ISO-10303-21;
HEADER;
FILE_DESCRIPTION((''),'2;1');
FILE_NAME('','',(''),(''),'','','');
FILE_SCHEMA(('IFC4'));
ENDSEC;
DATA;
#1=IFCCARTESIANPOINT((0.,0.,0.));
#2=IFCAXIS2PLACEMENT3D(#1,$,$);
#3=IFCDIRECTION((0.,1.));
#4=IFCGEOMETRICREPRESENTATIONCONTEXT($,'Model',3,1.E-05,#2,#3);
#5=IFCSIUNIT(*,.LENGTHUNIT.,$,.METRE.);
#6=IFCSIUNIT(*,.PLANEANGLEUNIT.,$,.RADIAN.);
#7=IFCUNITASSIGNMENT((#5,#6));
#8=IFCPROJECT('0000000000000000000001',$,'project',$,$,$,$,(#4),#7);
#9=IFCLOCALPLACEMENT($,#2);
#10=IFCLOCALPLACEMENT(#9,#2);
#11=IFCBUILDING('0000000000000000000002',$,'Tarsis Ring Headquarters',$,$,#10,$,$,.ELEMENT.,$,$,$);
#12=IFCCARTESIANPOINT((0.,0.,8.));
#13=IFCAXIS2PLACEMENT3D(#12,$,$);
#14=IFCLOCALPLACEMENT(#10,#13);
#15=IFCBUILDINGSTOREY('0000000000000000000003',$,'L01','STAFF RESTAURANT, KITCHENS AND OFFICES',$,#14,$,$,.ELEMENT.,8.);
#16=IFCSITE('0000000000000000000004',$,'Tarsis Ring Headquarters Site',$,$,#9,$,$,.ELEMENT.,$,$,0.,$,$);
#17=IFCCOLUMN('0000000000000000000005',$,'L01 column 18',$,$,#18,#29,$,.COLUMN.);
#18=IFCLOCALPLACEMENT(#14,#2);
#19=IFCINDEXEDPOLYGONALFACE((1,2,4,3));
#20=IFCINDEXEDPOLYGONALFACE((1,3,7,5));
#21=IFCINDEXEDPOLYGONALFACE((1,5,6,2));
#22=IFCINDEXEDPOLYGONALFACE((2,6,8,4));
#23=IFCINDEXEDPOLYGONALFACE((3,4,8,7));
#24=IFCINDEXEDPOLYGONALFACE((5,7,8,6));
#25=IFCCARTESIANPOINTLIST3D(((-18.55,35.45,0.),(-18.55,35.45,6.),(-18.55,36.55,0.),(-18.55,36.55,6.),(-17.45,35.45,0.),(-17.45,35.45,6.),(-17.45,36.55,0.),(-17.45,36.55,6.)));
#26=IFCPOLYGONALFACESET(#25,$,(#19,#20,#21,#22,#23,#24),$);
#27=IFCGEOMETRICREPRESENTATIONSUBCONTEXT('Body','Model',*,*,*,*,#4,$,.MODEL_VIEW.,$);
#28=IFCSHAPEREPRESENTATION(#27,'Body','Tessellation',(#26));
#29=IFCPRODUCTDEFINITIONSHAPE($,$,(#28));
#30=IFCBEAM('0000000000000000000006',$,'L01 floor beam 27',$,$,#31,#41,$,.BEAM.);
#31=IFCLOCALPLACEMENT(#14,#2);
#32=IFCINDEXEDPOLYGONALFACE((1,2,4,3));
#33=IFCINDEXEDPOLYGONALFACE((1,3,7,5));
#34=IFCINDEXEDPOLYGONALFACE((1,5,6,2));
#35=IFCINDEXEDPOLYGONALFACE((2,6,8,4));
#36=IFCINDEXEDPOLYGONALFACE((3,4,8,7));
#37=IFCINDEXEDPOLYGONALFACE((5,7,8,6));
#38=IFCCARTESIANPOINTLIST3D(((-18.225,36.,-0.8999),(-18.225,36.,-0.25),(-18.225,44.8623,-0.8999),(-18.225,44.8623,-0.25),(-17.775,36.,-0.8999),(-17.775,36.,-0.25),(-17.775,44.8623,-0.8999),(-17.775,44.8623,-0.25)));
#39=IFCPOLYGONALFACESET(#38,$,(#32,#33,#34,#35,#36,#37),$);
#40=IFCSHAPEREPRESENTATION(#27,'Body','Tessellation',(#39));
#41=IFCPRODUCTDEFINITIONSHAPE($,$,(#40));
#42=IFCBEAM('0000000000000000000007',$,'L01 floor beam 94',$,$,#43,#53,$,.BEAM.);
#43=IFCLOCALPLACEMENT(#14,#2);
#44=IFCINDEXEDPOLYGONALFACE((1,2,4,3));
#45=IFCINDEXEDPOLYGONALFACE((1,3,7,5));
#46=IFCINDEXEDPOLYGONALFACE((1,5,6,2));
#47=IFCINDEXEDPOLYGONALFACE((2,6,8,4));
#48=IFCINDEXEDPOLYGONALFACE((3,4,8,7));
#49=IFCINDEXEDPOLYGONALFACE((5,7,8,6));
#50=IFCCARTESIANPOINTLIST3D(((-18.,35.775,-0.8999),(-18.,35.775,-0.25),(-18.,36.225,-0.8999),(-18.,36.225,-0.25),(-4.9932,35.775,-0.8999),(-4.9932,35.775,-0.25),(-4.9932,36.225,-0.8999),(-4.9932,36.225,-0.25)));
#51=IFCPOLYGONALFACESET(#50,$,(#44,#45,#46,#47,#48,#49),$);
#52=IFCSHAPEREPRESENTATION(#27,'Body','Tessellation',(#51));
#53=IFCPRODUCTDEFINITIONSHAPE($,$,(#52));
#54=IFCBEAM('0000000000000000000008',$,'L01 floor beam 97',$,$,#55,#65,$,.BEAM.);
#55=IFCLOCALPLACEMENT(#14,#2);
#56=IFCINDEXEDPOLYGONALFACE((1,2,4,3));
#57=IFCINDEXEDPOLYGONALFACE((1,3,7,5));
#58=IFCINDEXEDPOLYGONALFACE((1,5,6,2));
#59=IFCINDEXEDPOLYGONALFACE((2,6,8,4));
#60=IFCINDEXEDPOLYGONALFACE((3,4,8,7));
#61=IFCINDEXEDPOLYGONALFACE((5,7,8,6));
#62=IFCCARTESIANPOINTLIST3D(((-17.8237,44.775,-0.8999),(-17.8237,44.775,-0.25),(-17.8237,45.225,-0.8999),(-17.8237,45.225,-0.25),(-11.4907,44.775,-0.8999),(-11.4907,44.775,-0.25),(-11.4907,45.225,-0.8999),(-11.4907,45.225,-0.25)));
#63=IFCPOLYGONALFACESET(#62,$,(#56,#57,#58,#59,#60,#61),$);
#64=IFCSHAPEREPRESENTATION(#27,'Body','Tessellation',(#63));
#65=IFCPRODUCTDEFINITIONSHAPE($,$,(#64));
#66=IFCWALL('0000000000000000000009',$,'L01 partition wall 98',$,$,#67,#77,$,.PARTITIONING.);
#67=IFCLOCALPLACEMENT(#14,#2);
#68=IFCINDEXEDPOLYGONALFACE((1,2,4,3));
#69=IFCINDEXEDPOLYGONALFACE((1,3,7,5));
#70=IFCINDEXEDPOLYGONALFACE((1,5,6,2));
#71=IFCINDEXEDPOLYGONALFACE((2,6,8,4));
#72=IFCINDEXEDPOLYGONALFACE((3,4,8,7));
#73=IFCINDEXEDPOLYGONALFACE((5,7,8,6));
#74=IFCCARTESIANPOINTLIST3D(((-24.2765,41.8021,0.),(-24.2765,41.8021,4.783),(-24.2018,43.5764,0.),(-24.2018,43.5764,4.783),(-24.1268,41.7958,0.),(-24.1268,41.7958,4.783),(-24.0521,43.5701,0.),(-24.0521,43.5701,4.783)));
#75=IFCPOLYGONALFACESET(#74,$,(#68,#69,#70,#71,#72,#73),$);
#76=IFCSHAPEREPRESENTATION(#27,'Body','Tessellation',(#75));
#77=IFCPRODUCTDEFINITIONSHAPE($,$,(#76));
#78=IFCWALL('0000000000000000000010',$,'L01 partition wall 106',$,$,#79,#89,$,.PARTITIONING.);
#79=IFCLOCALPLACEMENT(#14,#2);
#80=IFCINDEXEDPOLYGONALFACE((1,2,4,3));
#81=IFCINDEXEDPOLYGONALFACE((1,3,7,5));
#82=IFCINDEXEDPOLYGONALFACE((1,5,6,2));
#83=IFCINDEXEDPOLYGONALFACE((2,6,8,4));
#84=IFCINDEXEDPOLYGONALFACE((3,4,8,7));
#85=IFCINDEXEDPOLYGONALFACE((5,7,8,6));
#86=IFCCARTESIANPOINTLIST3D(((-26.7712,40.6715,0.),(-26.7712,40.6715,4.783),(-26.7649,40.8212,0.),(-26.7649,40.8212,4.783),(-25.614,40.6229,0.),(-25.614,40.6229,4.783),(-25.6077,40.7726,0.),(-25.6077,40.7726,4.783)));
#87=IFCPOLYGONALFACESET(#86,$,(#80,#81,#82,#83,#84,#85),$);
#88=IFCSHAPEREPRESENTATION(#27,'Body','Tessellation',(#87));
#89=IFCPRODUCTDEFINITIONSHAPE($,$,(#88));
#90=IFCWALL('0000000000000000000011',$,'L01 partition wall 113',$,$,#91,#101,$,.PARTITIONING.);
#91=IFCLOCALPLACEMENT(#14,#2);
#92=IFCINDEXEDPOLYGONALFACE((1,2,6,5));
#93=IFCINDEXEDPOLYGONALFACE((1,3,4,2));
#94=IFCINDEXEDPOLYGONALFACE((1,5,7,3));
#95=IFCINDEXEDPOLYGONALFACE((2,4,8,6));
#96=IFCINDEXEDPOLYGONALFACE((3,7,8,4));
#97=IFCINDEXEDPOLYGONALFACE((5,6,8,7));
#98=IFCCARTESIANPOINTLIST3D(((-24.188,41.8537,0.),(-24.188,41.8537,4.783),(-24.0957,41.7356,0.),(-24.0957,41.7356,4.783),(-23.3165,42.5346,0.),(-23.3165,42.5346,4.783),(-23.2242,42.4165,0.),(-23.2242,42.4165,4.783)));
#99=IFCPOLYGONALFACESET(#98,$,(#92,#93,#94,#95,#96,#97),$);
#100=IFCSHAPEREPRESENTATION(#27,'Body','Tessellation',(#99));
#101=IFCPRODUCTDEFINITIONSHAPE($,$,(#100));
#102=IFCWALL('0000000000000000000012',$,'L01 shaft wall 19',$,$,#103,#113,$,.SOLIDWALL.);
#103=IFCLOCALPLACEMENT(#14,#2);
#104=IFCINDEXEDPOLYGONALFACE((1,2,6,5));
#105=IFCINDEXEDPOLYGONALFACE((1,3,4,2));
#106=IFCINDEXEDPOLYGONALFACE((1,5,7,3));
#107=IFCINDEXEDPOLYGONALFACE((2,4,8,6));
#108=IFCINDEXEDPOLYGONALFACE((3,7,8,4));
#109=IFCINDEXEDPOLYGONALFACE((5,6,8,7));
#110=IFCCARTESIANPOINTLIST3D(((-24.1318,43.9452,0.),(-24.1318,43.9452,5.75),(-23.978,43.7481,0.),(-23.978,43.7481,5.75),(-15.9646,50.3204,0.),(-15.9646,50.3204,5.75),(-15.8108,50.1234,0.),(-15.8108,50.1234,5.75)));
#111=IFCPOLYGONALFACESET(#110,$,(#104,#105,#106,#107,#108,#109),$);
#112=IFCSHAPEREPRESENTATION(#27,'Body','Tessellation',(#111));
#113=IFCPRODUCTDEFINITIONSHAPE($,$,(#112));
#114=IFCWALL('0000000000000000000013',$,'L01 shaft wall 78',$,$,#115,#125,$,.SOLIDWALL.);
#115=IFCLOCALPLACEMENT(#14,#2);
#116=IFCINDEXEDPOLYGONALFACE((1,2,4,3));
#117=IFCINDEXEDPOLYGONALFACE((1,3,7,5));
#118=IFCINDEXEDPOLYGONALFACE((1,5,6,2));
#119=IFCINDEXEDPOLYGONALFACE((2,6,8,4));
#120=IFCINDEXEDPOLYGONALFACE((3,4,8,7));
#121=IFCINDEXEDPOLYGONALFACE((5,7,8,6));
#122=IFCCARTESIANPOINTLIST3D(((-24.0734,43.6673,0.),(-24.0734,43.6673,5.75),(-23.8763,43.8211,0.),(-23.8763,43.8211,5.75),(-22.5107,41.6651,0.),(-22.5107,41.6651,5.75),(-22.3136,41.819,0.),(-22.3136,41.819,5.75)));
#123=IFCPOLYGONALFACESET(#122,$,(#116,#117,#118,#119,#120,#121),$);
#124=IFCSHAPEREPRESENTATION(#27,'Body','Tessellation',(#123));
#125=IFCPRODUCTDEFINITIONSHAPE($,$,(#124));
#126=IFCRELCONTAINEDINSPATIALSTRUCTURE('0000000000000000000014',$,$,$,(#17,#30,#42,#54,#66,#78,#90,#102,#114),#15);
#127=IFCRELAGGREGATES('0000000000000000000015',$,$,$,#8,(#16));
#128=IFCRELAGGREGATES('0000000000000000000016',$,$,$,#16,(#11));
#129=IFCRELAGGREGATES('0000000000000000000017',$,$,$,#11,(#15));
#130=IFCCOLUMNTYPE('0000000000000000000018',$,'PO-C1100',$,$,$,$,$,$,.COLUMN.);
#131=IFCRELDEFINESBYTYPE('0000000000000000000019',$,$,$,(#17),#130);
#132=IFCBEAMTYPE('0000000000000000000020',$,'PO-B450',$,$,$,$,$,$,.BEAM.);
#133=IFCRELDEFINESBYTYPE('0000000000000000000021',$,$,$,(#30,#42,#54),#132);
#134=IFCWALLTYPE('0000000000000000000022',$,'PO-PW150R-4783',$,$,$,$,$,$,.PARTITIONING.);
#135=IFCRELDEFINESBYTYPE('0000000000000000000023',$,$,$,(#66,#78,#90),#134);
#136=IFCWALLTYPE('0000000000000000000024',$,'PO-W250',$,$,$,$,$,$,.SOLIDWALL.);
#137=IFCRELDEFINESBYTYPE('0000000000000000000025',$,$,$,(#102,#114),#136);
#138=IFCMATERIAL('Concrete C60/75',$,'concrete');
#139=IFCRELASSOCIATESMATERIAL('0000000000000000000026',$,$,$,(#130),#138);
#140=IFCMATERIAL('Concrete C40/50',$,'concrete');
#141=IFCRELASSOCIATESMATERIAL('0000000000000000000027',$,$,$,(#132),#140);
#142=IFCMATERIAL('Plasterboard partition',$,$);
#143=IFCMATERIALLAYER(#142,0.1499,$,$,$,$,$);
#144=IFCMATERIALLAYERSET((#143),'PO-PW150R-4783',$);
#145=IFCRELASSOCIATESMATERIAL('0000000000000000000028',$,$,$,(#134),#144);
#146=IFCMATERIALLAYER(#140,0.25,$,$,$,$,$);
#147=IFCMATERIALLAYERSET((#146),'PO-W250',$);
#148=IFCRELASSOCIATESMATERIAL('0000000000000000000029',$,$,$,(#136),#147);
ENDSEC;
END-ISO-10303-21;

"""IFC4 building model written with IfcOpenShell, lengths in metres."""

from ifc_helpers import new_model, si_unit, direction, frame, frame_2d, origin, origin_2d, place, context, subcontext, project, spatial, rectangle, extrude, material, layer, layer_set, material_profile, profile_set, type_object, element, save


model = new_model("IFC4")

# Units and contexts
model_context = context("Model", 3, precision=1e-05, world=origin(), true_north=direction((0.0, 1.0)))
body_context = subcontext(model_context, "Body", "Model", "MODEL_VIEW")
ifc_project = project(units=[si_unit("LENGTHUNIT", "METRE"), si_unit("PLANEANGLEUNIT", "RADIAN")], contexts=[model_context])

# Site, building, storey
site_placement = place(None, origin())
site = spatial("IfcSite", under=ifc_project, at=site_placement, Name="Tarsis Ring Headquarters Site", CompositionType="ELEMENT", RefElevation=0.0)
building_placement = place(site_placement, origin())
building = spatial("IfcBuilding", under=site, at=building_placement, Name="Tarsis Ring Headquarters", CompositionType="ELEMENT")
storey_placement = place(building_placement, frame((0.0, 0.0, 8.0)))
storey = spatial("IfcBuildingStorey", under=building, at=storey_placement, Name="L01", Description="STAFF RESTAURANT, KITCHENS AND OFFICES", CompositionType="ELEMENT", Elevation=8.0)

# Column
ifc_material_1 = material(Name="Concrete C60/75", Category="concrete")
ifc_material_profile_1 = material_profile(ifc_material_1, rectangle(XDim=1.1001, YDim=1.1001, at=origin_2d()), Name="PO-C1100")
ifc_profile_set_1 = profile_set([ifc_material_profile_1], Name="Concrete C60/75")
column_type = type_object("IfcColumnType", Name="PO-C1100", PredefinedType="COLUMN", material=ifc_profile_set_1)
column_placement = place(storey_placement, frame((-18.0, 36.0, 0.0), z_axis=(0.0, 0.0, 1.0), x_axis=(1.0, 0.0, 0.0)))
element("IfcColumn", 1, at=column_placement, inside=storey, type_object=column_type, Name="L01 column 18", PredefinedType="COLUMN", context=body_context, shape_type="SweptSolid", body=[
    extrude(rectangle(XDim=1.1001, YDim=1.1001, at=origin_2d()), origin(), (0.0, 0.0, 1.0), 6.0),
])

# Beams
ifc_material_2 = material(Name="Concrete C40/50", Category="concrete")
ifc_material_profile_2 = material_profile(ifc_material_2, rectangle(XDim=0.45, YDim=0.6499, at=origin_2d()), Name="PO-B450")
ifc_profile_set_2 = profile_set([ifc_material_profile_2], Name="Concrete C40/50")
beam_type = type_object("IfcBeamType", Name="PO-B450", PredefinedType="BEAM", material=ifc_profile_set_2)
beam_1_placement = place(storey_placement, frame((-18.0, 36.0, -0.575), z_axis=(0.0, 1.0, 0.0), x_axis=(-1.0, 0.0, 0.0)))
element("IfcBeam", 2, at=beam_1_placement, inside=storey, type_object=beam_type, Name="L01 floor beam 27", PredefinedType="BEAM", context=body_context, shape_type="SweptSolid", body=[
    extrude(rectangle(XDim=0.45, YDim=0.6499, at=origin_2d()), origin(), (0.0, 0.0, 1.0), 8.8623),
])
beam_2_placement = place(storey_placement, frame((-18.0, 36.0, -0.575), z_axis=(1.0, 0.0, 0.0), x_axis=(0.0, 1.0, 0.0)))
element("IfcBeam", 3, at=beam_2_placement, inside=storey, type_object=beam_type, Name="L01 floor beam 94", PredefinedType="BEAM", context=body_context, shape_type="SweptSolid", body=[
    extrude(rectangle(XDim=0.45, YDim=0.6499, at=origin_2d()), origin(), (0.0, 0.0, 1.0), 13.0068),
])
beam_3_placement = place(storey_placement, frame((-17.8237, 45.0, -0.575), z_axis=(1.0, 0.0, 0.0), x_axis=(0.0, 1.0, 0.0)))
element("IfcBeam", 4, at=beam_3_placement, inside=storey, type_object=beam_type, Name="L01 floor beam 97", PredefinedType="BEAM", context=body_context, shape_type="SweptSolid", body=[
    extrude(rectangle(XDim=0.45, YDim=0.6499, at=origin_2d()), origin(), (0.0, 0.0, 1.0), 6.333),
])

# Walls
ifc_material_3 = material(Name="Plasterboard partition")
ifc_layer_1 = layer(ifc_material_3, 0.1499)
ifc_layer_set_1 = layer_set([ifc_layer_1], Name="PO-PW150R-4783")
wall_type_1 = type_object("IfcWallType", Name="PO-PW150R-4783", PredefinedType="PARTITIONING", material=ifc_layer_set_1)
wall_1_placement = place(storey_placement, frame((-24.127, 43.5732, 0.0), z_axis=(0.0, 0.0, 1.0), x_axis=(-0.042065, -0.999115, 0.0)))
element("IfcWall", 5, at=wall_1_placement, inside=storey, type_object=wall_type_1, Name="L01 partition wall 98", PredefinedType="PARTITIONING", context=body_context, shape_type="SweptSolid", body=[
    extrude(rectangle(XDim=1.7759, YDim=0.1499, at=frame_2d((0.8879, 0.0))), origin(), (0.0, 0.0, 1.0), 4.783),
])
wall_2_placement = place(storey_placement, frame((-25.6108, 40.6978, 0.0), z_axis=(0.0, 0.0, 1.0), x_axis=(-0.99912, 0.041946, 0.0)))
element("IfcWall", 6, at=wall_2_placement, inside=storey, type_object=wall_type_1, Name="L01 partition wall 106", PredefinedType="PARTITIONING", context=body_context, shape_type="SweptSolid", body=[
    extrude(rectangle(XDim=1.1582, YDim=0.1499, at=frame_2d((0.5791, 0.0))), origin(), (0.0, 0.0, 1.0), 4.783),
])
wall_3_placement = place(storey_placement, frame((-24.1418, 41.7947, 0.0), z_axis=(0.0, 0.0, 1.0), x_axis=(0.788031, 0.615635, 0.0)))
element("IfcWall", 7, at=wall_3_placement, inside=storey, type_object=wall_type_1, Name="L01 partition wall 113", PredefinedType="PARTITIONING", context=body_context, shape_type="SweptSolid", body=[
    extrude(rectangle(XDim=1.106, YDim=0.1499, at=frame_2d((0.553, 0.0))), origin(), (0.0, 0.0, 1.0), 4.783),
])
ifc_layer_2 = layer(ifc_material_2, 0.25)
ifc_layer_set_2 = layer_set([ifc_layer_2], Name="PO-W250")
wall_type_2 = type_object("IfcWallType", Name="PO-W250", PredefinedType="SOLIDWALL", material=ifc_layer_set_2)
wall_4_placement = place(storey_placement, frame((-24.0549, 43.8467, 0.0), z_axis=(0.0, 0.0, 1.0), x_axis=(0.788278, 0.61532, 0.0)))
element("IfcWall", 8, at=wall_4_placement, inside=storey, type_object=wall_type_2, Name="L01 shaft wall 19", PredefinedType="SOLIDWALL", context=body_context, shape_type="SweptSolid", body=[
    extrude(rectangle(XDim=10.3608, YDim=0.25, at=frame_2d((5.1804, 0.0))), origin(), (0.0, 0.0, 1.0), 5.75),
])
wall_5_placement = place(storey_placement, frame((-22.4121, 41.7419, 0.0), z_axis=(0.0, 0.0, 1.0), x_axis=(-0.615284, 0.788306, 0.0)))
element("IfcWall", 9, at=wall_5_placement, inside=storey, type_object=wall_type_2, Name="L01 shaft wall 78", PredefinedType="SOLIDWALL", context=body_context, shape_type="SweptSolid", body=[
    extrude(rectangle(XDim=2.5398, YDim=0.25, at=frame_2d((1.27, 0.0))), origin(), (0.0, 0.0, 1.0), 5.75),
])

save(model, "model.ifc")
